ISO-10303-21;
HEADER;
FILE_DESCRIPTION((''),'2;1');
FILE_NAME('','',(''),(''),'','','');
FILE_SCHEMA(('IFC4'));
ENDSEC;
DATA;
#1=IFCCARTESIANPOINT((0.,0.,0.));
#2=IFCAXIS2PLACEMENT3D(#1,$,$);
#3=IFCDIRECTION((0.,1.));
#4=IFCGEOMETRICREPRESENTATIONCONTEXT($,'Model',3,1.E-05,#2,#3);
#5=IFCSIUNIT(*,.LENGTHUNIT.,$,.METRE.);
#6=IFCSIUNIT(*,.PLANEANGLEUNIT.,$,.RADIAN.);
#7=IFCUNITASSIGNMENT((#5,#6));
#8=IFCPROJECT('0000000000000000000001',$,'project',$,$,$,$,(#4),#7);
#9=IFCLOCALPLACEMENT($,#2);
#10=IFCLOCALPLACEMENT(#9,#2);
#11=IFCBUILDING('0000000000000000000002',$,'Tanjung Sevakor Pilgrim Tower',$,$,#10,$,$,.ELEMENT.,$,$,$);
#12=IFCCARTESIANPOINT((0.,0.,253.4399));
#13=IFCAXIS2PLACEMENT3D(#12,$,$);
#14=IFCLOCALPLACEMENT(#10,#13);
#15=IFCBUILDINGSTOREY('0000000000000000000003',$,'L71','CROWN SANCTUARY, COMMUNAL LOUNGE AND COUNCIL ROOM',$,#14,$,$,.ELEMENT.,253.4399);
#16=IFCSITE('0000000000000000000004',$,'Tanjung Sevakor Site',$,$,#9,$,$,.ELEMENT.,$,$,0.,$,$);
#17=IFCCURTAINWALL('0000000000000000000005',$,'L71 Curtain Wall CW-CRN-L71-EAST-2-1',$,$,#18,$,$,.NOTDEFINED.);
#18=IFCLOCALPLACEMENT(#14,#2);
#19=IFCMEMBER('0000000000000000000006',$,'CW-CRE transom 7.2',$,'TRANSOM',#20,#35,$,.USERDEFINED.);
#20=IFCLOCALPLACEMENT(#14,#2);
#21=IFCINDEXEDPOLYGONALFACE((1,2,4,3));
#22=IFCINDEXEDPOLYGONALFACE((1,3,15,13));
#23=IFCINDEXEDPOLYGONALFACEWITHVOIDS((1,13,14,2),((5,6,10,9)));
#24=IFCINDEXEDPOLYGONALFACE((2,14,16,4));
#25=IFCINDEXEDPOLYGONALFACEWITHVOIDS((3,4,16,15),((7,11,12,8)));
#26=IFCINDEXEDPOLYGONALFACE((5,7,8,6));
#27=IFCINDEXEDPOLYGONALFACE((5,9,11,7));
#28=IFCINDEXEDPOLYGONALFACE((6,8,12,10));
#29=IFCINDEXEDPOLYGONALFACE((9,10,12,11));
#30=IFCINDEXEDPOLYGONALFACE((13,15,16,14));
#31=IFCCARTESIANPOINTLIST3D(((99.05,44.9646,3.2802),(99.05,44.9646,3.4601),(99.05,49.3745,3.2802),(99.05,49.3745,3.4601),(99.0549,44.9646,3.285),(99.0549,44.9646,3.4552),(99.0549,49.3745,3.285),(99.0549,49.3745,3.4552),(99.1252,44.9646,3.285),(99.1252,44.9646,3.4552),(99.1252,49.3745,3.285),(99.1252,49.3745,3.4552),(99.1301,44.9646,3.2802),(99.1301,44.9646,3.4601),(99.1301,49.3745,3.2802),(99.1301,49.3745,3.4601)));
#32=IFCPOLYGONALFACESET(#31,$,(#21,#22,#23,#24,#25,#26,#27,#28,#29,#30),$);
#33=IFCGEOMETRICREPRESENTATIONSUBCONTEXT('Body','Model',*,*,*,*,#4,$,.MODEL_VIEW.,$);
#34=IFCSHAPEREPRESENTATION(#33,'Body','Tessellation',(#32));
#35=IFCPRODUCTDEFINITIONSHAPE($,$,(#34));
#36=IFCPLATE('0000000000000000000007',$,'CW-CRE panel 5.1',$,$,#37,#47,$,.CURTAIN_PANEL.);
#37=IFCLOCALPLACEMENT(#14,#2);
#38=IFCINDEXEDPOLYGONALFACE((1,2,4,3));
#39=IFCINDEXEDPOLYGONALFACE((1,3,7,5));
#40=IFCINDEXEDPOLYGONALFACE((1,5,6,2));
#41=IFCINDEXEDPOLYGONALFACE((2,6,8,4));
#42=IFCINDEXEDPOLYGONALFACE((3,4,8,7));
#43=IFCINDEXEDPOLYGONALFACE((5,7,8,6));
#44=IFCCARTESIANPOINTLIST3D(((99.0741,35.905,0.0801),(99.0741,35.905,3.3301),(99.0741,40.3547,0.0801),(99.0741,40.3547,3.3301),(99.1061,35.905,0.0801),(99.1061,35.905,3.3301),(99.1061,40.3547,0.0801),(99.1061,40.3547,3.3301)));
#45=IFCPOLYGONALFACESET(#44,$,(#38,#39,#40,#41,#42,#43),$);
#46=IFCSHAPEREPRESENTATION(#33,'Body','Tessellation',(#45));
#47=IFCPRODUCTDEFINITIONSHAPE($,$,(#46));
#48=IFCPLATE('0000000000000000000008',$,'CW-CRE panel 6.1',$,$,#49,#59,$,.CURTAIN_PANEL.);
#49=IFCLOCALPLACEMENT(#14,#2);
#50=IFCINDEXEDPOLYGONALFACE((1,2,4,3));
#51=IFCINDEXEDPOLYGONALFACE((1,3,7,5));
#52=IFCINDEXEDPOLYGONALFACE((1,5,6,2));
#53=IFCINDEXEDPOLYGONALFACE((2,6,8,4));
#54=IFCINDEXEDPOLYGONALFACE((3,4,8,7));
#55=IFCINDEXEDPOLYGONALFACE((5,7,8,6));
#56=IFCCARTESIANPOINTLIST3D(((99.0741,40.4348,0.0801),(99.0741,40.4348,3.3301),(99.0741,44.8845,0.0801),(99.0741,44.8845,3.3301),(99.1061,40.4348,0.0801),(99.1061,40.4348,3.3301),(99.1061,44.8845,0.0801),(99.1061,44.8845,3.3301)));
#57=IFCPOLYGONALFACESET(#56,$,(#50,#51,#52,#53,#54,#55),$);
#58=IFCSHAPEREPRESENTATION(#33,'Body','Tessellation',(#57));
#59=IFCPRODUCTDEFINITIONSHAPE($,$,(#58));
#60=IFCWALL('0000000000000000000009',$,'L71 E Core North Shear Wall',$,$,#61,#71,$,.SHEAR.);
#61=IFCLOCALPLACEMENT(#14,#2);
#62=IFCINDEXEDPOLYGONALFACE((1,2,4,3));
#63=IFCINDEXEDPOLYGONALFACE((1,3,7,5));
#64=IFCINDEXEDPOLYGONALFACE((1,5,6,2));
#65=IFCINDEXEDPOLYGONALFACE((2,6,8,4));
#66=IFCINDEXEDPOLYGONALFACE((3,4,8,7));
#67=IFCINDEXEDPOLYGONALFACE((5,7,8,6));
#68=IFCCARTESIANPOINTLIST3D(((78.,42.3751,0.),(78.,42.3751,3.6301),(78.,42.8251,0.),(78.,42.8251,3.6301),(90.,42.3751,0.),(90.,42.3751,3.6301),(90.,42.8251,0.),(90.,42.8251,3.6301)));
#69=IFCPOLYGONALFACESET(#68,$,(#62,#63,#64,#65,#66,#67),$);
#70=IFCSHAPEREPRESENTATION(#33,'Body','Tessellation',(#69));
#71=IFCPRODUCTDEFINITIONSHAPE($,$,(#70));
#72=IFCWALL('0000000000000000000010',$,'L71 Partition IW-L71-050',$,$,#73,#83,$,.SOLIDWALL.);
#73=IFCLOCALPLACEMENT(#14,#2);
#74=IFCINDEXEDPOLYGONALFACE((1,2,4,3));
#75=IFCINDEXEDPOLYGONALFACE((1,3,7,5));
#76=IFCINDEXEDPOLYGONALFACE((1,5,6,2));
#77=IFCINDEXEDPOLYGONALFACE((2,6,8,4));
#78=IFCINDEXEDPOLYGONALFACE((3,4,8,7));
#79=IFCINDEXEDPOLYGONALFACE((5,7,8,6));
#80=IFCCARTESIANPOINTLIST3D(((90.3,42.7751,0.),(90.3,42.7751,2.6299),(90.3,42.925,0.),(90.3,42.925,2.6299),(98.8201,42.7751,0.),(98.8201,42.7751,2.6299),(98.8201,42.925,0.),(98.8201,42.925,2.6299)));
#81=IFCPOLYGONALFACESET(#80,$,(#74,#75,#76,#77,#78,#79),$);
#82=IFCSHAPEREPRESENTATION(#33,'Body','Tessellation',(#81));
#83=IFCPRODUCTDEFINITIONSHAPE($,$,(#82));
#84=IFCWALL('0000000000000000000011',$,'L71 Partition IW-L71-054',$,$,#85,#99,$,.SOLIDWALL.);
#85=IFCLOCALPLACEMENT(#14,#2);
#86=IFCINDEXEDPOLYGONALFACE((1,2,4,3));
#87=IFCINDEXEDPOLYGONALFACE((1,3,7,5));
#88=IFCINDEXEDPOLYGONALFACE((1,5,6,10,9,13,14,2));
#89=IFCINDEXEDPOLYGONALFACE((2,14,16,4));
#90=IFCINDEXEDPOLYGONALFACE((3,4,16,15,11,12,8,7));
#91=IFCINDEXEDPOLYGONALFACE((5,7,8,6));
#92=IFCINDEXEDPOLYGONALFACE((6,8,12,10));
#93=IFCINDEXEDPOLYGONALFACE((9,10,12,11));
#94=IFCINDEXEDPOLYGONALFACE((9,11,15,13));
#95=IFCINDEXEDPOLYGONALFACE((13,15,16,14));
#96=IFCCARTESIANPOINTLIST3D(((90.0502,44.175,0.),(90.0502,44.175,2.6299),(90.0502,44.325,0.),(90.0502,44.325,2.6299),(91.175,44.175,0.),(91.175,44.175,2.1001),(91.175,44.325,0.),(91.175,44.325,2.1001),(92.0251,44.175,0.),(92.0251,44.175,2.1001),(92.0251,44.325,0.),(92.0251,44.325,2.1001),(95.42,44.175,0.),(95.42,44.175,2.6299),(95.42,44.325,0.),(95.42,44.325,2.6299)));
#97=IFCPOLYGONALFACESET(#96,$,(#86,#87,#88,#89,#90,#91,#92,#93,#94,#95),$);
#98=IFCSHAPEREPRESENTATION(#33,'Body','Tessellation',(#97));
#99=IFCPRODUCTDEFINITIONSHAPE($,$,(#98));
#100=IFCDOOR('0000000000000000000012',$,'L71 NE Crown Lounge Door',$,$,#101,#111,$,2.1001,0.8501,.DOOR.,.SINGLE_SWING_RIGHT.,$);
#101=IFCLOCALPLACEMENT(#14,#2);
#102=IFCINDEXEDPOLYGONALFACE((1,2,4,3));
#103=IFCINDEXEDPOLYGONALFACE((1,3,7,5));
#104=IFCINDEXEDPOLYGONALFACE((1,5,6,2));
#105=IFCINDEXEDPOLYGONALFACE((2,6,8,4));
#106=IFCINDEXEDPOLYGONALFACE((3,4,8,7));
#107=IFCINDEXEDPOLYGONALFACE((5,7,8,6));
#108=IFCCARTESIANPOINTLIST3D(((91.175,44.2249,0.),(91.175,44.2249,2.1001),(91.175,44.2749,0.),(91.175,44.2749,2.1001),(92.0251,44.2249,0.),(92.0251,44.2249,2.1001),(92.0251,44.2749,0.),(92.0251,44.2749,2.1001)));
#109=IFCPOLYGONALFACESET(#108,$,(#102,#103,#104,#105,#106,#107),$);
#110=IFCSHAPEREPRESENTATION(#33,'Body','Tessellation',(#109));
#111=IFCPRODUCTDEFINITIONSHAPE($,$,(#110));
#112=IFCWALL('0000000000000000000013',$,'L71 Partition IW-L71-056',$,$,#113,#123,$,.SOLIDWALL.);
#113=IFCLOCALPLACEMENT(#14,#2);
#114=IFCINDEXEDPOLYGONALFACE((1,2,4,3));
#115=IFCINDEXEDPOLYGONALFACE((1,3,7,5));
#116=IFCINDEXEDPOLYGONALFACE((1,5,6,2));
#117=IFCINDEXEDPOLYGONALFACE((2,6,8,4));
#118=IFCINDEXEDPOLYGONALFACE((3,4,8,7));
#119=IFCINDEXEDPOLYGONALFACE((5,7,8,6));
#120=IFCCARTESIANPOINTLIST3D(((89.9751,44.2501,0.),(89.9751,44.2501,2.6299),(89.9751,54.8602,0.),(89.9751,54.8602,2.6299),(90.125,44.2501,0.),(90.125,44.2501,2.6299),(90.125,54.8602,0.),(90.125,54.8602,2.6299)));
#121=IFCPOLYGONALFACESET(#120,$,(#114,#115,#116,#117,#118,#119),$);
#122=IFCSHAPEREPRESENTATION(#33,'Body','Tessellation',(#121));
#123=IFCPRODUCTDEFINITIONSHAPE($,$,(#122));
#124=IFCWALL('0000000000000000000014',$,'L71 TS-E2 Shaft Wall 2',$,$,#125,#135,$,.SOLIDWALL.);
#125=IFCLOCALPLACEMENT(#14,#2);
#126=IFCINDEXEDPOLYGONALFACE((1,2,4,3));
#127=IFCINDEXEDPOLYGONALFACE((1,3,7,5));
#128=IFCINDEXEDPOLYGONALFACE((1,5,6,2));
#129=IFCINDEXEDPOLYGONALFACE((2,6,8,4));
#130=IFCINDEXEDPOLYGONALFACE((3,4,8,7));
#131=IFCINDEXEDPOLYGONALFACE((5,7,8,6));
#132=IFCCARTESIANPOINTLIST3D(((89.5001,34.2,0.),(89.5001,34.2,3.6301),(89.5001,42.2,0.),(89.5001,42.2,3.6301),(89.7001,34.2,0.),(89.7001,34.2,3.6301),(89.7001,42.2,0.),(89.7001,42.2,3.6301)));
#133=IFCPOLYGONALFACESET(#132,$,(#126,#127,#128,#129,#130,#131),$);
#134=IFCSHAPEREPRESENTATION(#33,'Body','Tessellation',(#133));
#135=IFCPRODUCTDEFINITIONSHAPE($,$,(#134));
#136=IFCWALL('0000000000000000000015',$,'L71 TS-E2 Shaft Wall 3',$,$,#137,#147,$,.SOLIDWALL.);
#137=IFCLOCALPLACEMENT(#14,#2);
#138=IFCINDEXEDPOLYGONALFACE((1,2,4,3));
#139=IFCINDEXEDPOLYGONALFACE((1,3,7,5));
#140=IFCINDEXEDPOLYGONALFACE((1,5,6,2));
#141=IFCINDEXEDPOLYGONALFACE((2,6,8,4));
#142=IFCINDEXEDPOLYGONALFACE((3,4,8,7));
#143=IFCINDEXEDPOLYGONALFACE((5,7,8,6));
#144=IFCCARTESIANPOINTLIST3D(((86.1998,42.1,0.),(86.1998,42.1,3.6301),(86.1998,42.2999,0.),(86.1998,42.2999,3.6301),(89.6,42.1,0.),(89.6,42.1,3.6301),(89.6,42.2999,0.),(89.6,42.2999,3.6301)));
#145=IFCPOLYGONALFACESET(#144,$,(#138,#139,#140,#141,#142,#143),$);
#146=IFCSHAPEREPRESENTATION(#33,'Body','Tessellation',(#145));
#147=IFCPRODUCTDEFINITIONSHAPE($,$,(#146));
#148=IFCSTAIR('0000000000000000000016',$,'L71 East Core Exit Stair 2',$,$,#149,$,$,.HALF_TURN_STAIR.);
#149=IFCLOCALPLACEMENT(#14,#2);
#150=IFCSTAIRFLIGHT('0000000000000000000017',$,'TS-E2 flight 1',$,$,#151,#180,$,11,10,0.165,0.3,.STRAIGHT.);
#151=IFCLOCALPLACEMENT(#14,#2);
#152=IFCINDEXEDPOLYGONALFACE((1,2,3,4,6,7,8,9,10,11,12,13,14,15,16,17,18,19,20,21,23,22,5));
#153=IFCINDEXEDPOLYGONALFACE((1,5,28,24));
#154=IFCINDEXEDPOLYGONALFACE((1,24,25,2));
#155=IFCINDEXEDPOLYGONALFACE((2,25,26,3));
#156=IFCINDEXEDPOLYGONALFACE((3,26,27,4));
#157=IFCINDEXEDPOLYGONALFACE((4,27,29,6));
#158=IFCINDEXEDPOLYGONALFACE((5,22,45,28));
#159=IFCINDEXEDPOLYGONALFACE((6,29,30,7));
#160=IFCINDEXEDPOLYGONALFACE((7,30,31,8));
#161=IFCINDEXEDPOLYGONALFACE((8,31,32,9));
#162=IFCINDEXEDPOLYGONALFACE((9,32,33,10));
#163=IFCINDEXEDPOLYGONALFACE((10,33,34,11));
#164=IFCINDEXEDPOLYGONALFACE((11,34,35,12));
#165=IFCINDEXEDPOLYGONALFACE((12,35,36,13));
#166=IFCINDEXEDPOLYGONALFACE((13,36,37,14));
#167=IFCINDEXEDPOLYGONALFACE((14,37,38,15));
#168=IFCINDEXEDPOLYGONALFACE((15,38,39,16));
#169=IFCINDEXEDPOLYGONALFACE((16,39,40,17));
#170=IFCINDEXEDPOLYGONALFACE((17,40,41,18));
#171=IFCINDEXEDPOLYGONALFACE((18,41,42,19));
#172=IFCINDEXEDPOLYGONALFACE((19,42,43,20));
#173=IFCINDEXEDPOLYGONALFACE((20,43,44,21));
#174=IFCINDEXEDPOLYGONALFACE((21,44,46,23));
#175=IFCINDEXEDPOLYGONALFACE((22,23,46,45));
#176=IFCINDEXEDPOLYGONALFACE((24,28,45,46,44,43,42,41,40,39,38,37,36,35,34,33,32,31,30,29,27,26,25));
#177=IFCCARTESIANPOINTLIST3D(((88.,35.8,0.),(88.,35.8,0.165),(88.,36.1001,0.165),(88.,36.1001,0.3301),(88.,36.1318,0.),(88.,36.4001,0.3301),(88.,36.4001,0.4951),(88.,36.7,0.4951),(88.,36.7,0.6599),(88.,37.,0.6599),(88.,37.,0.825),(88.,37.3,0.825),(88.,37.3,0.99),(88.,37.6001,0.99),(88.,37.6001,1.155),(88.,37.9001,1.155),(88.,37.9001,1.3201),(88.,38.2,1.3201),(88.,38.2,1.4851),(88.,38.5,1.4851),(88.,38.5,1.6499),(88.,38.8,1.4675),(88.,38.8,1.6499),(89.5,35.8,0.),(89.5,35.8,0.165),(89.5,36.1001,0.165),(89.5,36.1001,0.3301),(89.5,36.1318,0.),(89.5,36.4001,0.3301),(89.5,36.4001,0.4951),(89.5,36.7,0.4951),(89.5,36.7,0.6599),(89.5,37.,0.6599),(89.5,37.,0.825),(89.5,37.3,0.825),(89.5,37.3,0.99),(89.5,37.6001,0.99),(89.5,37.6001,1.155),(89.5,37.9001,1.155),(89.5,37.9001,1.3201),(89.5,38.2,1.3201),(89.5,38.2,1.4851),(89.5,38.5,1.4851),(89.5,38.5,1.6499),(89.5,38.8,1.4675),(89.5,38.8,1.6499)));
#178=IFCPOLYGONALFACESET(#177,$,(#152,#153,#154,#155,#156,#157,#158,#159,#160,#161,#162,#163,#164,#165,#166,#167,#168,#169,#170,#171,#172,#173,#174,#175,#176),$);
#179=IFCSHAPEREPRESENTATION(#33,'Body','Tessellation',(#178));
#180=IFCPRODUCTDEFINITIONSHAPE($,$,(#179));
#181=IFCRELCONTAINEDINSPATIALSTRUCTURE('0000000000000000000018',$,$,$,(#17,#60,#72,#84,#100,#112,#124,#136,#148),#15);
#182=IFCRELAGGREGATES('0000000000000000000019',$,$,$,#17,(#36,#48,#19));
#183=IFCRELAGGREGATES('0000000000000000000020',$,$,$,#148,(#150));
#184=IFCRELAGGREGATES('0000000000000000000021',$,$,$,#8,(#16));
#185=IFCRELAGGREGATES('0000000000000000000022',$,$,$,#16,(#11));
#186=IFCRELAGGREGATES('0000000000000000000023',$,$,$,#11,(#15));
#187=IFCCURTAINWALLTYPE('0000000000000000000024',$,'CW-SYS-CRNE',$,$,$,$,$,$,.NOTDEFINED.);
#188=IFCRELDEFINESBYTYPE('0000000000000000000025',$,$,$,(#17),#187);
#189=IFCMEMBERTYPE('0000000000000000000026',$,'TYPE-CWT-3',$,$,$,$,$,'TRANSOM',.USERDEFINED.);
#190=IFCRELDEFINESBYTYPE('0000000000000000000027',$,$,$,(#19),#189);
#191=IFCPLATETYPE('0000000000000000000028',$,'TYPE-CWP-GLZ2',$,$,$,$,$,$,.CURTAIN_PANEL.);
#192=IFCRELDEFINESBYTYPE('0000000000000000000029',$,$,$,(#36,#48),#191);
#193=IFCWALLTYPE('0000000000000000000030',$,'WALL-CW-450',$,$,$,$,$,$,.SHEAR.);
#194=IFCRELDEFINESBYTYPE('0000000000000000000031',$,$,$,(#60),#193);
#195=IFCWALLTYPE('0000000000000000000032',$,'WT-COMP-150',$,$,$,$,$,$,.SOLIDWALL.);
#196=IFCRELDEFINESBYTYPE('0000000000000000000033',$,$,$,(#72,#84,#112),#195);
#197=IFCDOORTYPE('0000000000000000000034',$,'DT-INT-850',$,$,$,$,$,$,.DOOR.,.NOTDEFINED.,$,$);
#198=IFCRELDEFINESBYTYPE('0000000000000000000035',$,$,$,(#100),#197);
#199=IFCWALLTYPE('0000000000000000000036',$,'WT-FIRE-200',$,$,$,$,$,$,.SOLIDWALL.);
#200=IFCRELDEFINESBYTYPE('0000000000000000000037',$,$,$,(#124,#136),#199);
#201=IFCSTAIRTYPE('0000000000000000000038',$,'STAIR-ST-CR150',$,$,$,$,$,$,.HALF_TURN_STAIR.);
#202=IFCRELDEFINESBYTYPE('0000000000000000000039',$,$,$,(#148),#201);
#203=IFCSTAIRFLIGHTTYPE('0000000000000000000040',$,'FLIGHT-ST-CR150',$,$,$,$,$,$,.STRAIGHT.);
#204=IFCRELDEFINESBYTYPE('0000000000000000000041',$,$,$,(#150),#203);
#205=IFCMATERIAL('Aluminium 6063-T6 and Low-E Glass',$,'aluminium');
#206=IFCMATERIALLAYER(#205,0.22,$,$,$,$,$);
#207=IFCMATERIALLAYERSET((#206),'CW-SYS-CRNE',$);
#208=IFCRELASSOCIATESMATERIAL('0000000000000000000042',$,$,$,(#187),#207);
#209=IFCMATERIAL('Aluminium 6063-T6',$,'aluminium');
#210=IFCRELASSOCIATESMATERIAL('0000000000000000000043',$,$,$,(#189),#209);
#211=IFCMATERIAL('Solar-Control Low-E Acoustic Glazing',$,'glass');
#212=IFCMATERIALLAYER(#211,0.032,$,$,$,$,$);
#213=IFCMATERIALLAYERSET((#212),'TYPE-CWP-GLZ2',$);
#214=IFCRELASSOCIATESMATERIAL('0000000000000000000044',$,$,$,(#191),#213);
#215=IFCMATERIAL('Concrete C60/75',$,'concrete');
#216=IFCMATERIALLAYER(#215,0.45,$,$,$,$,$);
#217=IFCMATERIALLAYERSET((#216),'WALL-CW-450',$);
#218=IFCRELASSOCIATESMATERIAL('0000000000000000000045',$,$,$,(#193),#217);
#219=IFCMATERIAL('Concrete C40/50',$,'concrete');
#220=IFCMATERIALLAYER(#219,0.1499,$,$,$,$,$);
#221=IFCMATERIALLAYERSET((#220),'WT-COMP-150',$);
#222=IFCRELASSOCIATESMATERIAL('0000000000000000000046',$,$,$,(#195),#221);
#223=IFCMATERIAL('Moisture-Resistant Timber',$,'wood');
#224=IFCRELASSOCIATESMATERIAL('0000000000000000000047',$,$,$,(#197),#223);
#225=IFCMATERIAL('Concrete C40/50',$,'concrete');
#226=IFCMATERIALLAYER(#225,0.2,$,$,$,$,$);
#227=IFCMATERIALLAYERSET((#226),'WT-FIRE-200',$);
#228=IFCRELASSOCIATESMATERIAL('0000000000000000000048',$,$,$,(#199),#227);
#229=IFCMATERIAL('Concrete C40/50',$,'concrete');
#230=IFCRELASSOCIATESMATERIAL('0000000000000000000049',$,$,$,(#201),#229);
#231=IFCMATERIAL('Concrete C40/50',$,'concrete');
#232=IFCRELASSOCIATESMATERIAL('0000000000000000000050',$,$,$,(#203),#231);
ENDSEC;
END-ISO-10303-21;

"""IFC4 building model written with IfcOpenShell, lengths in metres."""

from ifc_helpers import new_model, si_unit, direction, frame, frame_2d, origin, origin_2d, place, context, subcontext, project, spatial, polyline, rectangle, hollow_rectangle, outline, extrude, material, layer, layer_set, material_profile, profile_set, type_object, element, fill, aggregate, save


model = new_model("IFC4")

# Units and contexts
model_context = context("Model", 3, precision=1e-05, world=origin(), true_north=direction((0.0, 1.0)))
body_context = subcontext(model_context, "Body", "Model", "MODEL_VIEW")
ifc_project = project(units=[si_unit("LENGTHUNIT", "METRE"), si_unit("PLANEANGLEUNIT", "RADIAN")], contexts=[model_context])

# Site, building, storey
site_placement = place(None, origin())
site = spatial("IfcSite", under=ifc_project, at=site_placement, Name="Tanjung Sevakor Site", CompositionType="ELEMENT", RefElevation=0.0)
building_placement = place(site_placement, origin())
building = spatial("IfcBuilding", under=site, at=building_placement, Name="Tanjung Sevakor Pilgrim Tower", CompositionType="ELEMENT")
storey_placement = place(building_placement, frame((0.0, 0.0, 253.4399)))
storey = spatial("IfcBuildingStorey", under=building, at=storey_placement, Name="L71", Description="CROWN SANCTUARY, COMMUNAL LOUNGE AND COUNCIL ROOM", CompositionType="ELEMENT", Elevation=253.4399)

# Curtain wall, member, plates
ifc_material_1 = material(Name="Aluminium 6063-T6 and Low-E Glass", Category="aluminium")
ifc_layer_1 = layer(ifc_material_1, 0.22)
ifc_layer_set_1 = layer_set([ifc_layer_1], Name="CW-SYS-CRNE")
curtain_wall_type = type_object("IfcCurtainWallType", Name="CW-SYS-CRNE", PredefinedType="NOTDEFINED", material=ifc_layer_set_1)
curtain_wall_placement = place(storey_placement, origin())
curtain_wall = element("IfcCurtainWall", 1, at=curtain_wall_placement, inside=storey, type_object=curtain_wall_type, Name="L71 Curtain Wall CW-CRN-L71-EAST-2-1", PredefinedType="NOTDEFINED")
ifc_material_2 = material(Name="Aluminium 6063-T6", Category="aluminium")
ifc_material_profile_1 = material_profile(ifc_material_2, hollow_rectangle(XDim=0.0801, YDim=0.1799, WallThickness=0.0049, at=origin_2d()))
ifc_profile_set_1 = profile_set([ifc_material_profile_1], Name="Aluminium 6063-T6")
member_type_1 = type_object("IfcMemberType", Name="TYPE-CWT-3", ElementType="TRANSOM", PredefinedType="USERDEFINED", material=ifc_profile_set_1)
member_1_placement = place(storey_placement, frame((99.0901, 44.9646, 3.3701), z_axis=(0.0, 1.0, 0.0), x_axis=(-1.0, 0.0, 0.0)))
member_1 = element("IfcMember", 2, at=member_1_placement, type_object=member_type_1, Name="CW-CRE transom 7.2", ObjectType="TRANSOM", PredefinedType="USERDEFINED", context=body_context, shape_type="SweptSolid", body=[
    extrude(hollow_rectangle(XDim=0.0801, YDim=0.1799, WallThickness=0.0049, at=origin_2d()), origin(), (0.0, 0.0, 1.0), 4.4099),
])
ifc_material_3 = material(Name="Solar-Control Low-E Acoustic Glazing", Category="glass")
ifc_layer_2 = layer(ifc_material_3, 0.032)
ifc_layer_set_2 = layer_set([ifc_layer_2], Name="TYPE-CWP-GLZ2")
plate_type = type_object("IfcPlateType", Name="TYPE-CWP-GLZ2", PredefinedType="CURTAIN_PANEL", material=ifc_layer_set_2)
plate_1_placement = place(storey_placement, frame((99.0901, 38.1299, 0.0801), z_axis=(0.0, 0.0, 1.0), x_axis=(0.0, 1.0, 0.0)))
plate_1 = element("IfcPlate", 3, at=plate_1_placement, type_object=plate_type, Name="CW-CRE panel 5.1", PredefinedType="CURTAIN_PANEL", context=body_context, shape_type="SweptSolid", body=[
    extrude(rectangle(XDim=4.4497, YDim=0.032, at=origin_2d()), origin(), (0.0, 0.0, 1.0), 3.25),
])
plate_2_placement = place(storey_placement, frame((99.0901, 42.6597, 0.0801), z_axis=(0.0, 0.0, 1.0), x_axis=(0.0, 1.0, 0.0)))
plate_2 = element("IfcPlate", 4, at=plate_2_placement, type_object=plate_type, Name="CW-CRE panel 6.1", PredefinedType="CURTAIN_PANEL", context=body_context, shape_type="SweptSolid", body=[
    extrude(rectangle(XDim=4.4497, YDim=0.032, at=origin_2d()), origin(), (0.0, 0.0, 1.0), 3.25),
])
aggregate(curtain_wall, [plate_1, plate_2, member_1])

# Walls
ifc_material_4 = material(Name="Concrete C60/75", Category="concrete")
ifc_layer_3 = layer(ifc_material_4, 0.45)
ifc_layer_set_3 = layer_set([ifc_layer_3], Name="WALL-CW-450")
wall_type_1 = type_object("IfcWallType", Name="WALL-CW-450", PredefinedType="SHEAR", material=ifc_layer_set_3)
wall_1_placement = place(storey_placement, frame((90.0, 42.6001, 0.0), z_axis=(0.0, 0.0, 1.0), x_axis=(-1.0, 0.0, 0.0)))
element("IfcWall", 5, at=wall_1_placement, inside=storey, type_object=wall_type_1, Name="L71 E Core North Shear Wall", PredefinedType="SHEAR", context=body_context, shape_type="SweptSolid", body=[
    extrude(rectangle(XDim=12.0, YDim=0.45, at=frame_2d((6.0, 0.0))), origin(), (0.0, 0.0, 1.0), 3.6301),
])
ifc_material_5 = material(Name="Concrete C40/50", Category="concrete")
ifc_layer_4 = layer(ifc_material_5, 0.1499)
ifc_layer_set_4 = layer_set([ifc_layer_4], Name="WT-COMP-150")
wall_type_2 = type_object("IfcWallType", Name="WT-COMP-150", PredefinedType="SOLIDWALL", material=ifc_layer_set_4)
wall_2_placement = place(storey_placement, frame((90.3, 42.8501, 0.0), z_axis=(0.0, 0.0, 1.0), x_axis=(1.0, 0.0, 0.0)))
element("IfcWall", 6, at=wall_2_placement, inside=storey, type_object=wall_type_2, Name="L71 Partition IW-L71-050", PredefinedType="SOLIDWALL", context=body_context, shape_type="SweptSolid", body=[
    extrude(rectangle(XDim=8.52, YDim=0.1499, at=frame_2d((4.26, 0.0))), origin(), (0.0, 0.0, 1.0), 2.6299),
])

# Wall, opening, door
wall_3_placement = place(storey_placement, frame((90.05, 44.25, 0.0), z_axis=(0.0, 0.0, 1.0), x_axis=(1.0, 0.0, 0.0)))
wall_3 = element("IfcWall", 7, at=wall_3_placement, inside=storey, type_object=wall_type_2, Name="L71 Partition IW-L71-054", PredefinedType="SOLIDWALL", context=body_context, shape_type="SweptSolid", body=[
    extrude(rectangle(XDim=5.3699, YDim=0.1499, at=frame_2d((2.6851, 0.0))), origin(), (0.0, 0.0, 1.0), 2.6299),
])
opening_placement = place(wall_3_placement, frame((1.125, 0.0, 0.0)))
opening = element("IfcOpeningElement", 8, at=opening_placement, cuts=wall_3, PredefinedType="OPENING", context=body_context, shape_type="SweptSolid", body=[
    extrude(rectangle(XDim=0.8501, YDim=2.1001, at=frame_2d((0.425, 1.05))), frame((0.0, 0.085, 0.0), z_axis=(0.0, -1.0, 0.0), x_axis=(1.0, 0.0, 0.0)), (0.0, 0.0, 1.0), 0.1699),
])
ifc_material_6 = material(Name="Moisture-Resistant Timber", Category="wood")
door_type = type_object("IfcDoorType", Name="DT-INT-850", OperationType="NOTDEFINED", PredefinedType="DOOR", material=ifc_material_6)
door_placement = place(opening_placement, origin())
door = element("IfcDoor", 9, at=door_placement, inside=storey, type_object=door_type, Name="L71 NE Crown Lounge Door", OperationType="SINGLE_SWING_RIGHT", OverallHeight=2.1001, OverallWidth=0.8501, PredefinedType="DOOR", context=body_context, shape_type="SweptSolid", body=[
    extrude(rectangle(XDim=0.8501, YDim=2.1001, at=frame_2d((0.425, 1.05))), frame((0.0, 0.0249, 0.0), z_axis=(0.0, -1.0, 0.0), x_axis=(1.0, 0.0, 0.0)), (0.0, 0.0, 1.0), 0.05),
])
fill(opening, door)

# Walls
wall_4_placement = place(storey_placement, frame((90.05, 44.25, 0.0), z_axis=(0.0, 0.0, 1.0), x_axis=(0.0, 1.0, 0.0)))
element("IfcWall", 10, at=wall_4_placement, inside=storey, type_object=wall_type_2, Name="L71 Partition IW-L71-056", PredefinedType="SOLIDWALL", context=body_context, shape_type="SweptSolid", body=[
    extrude(rectangle(XDim=10.6101, YDim=0.1499, at=frame_2d((5.3052, 0.0))), origin(), (0.0, 0.0, 1.0), 2.6299),
])
ifc_material_7 = material(Name="Concrete C40/50", Category="concrete")
ifc_layer_5 = layer(ifc_material_7, 0.2)
ifc_layer_set_5 = layer_set([ifc_layer_5], Name="WT-FIRE-200")
wall_type_3 = type_object("IfcWallType", Name="WT-FIRE-200", PredefinedType="SOLIDWALL", material=ifc_layer_set_5)
wall_5_placement = place(storey_placement, frame((89.6001, 34.2, 0.0), z_axis=(0.0, 0.0, 1.0), x_axis=(0.0, 1.0, 0.0)))
element("IfcWall", 11, at=wall_5_placement, inside=storey, type_object=wall_type_3, Name="L71 TS-E2 Shaft Wall 2", PredefinedType="SOLIDWALL", context=body_context, shape_type="SweptSolid", body=[
    extrude(rectangle(XDim=8.0, YDim=0.2, at=frame_2d((4.0, 0.0))), origin(), (0.0, 0.0, 1.0), 3.6301),
])
wall_6_placement = place(storey_placement, frame((89.6001, 42.2, 0.0), z_axis=(0.0, 0.0, 1.0), x_axis=(-1.0, 0.0, 0.0)))
element("IfcWall", 12, at=wall_6_placement, inside=storey, type_object=wall_type_3, Name="L71 TS-E2 Shaft Wall 3", PredefinedType="SOLIDWALL", context=body_context, shape_type="SweptSolid", body=[
    extrude(rectangle(XDim=3.4001, YDim=0.2, at=frame_2d((1.7002, 0.0))), origin(), (0.0, 0.0, 1.0), 3.6301),
])

# Stair, stair flight
ifc_material_8 = material(Name="Concrete C40/50", Category="concrete")
stair_type = type_object("IfcStairType", Name="STAIR-ST-CR150", PredefinedType="HALF_TURN_STAIR", material=ifc_material_8)
stair_placement = place(storey_placement, origin())
stair = element("IfcStair", 13, at=stair_placement, inside=storey, type_object=stair_type, Name="L71 East Core Exit Stair 2", PredefinedType="HALF_TURN_STAIR")
ifc_material_9 = material(Name="Concrete C40/50", Category="concrete")
stair_flight_type = type_object("IfcStairFlightType", Name="FLIGHT-ST-CR150", PredefinedType="STRAIGHT", material=ifc_material_9)
stair_flight_placement = place(storey_placement, frame((88.75, 35.8, 0.0), z_axis=(0.0, 0.0, 1.0), x_axis=(0.0, 1.0, 0.0)))
stair_flight = element("IfcStairFlight", 14, at=stair_flight_placement, type_object=stair_flight_type, Name="TS-E2 flight 1", NumberOfRisers=11, NumberOfTreads=10, PredefinedType="STRAIGHT", RiserHeight=0.165, TreadLength=0.3, context=body_context, shape_type="SweptSolid", body=[
    extrude(outline(polyline([(0.0, 0.0), (0.0, 0.165), (0.3, 0.165), (0.3, 0.3301), (0.6001, 0.3301), (0.6001, 0.4951), (0.8999, 0.4951), (0.8999, 0.6599), (1.2, 0.6599), (1.2, 0.825), (1.5, 0.825), (1.5, 0.99), (1.8, 0.99), (1.8, 1.155), (2.1001, 1.155), (2.1001, 1.3201), (2.3999, 1.3201), (2.3999, 1.4851), (2.7, 1.4851), (2.7, 1.6499), (3.0, 1.6499), (3.0, 1.8149), (3.0, 1.4675), (0.3318, 0.0), (0.0, 0.0)])), frame((0.0, 0.75, 0.0), z_axis=(0.0, -1.0, 0.0), x_axis=(1.0, 0.0, 0.0)), (0.0, 0.0, 1.0), 1.5),
])
aggregate(stair, [stair_flight])

save(model, "model.ifc")
